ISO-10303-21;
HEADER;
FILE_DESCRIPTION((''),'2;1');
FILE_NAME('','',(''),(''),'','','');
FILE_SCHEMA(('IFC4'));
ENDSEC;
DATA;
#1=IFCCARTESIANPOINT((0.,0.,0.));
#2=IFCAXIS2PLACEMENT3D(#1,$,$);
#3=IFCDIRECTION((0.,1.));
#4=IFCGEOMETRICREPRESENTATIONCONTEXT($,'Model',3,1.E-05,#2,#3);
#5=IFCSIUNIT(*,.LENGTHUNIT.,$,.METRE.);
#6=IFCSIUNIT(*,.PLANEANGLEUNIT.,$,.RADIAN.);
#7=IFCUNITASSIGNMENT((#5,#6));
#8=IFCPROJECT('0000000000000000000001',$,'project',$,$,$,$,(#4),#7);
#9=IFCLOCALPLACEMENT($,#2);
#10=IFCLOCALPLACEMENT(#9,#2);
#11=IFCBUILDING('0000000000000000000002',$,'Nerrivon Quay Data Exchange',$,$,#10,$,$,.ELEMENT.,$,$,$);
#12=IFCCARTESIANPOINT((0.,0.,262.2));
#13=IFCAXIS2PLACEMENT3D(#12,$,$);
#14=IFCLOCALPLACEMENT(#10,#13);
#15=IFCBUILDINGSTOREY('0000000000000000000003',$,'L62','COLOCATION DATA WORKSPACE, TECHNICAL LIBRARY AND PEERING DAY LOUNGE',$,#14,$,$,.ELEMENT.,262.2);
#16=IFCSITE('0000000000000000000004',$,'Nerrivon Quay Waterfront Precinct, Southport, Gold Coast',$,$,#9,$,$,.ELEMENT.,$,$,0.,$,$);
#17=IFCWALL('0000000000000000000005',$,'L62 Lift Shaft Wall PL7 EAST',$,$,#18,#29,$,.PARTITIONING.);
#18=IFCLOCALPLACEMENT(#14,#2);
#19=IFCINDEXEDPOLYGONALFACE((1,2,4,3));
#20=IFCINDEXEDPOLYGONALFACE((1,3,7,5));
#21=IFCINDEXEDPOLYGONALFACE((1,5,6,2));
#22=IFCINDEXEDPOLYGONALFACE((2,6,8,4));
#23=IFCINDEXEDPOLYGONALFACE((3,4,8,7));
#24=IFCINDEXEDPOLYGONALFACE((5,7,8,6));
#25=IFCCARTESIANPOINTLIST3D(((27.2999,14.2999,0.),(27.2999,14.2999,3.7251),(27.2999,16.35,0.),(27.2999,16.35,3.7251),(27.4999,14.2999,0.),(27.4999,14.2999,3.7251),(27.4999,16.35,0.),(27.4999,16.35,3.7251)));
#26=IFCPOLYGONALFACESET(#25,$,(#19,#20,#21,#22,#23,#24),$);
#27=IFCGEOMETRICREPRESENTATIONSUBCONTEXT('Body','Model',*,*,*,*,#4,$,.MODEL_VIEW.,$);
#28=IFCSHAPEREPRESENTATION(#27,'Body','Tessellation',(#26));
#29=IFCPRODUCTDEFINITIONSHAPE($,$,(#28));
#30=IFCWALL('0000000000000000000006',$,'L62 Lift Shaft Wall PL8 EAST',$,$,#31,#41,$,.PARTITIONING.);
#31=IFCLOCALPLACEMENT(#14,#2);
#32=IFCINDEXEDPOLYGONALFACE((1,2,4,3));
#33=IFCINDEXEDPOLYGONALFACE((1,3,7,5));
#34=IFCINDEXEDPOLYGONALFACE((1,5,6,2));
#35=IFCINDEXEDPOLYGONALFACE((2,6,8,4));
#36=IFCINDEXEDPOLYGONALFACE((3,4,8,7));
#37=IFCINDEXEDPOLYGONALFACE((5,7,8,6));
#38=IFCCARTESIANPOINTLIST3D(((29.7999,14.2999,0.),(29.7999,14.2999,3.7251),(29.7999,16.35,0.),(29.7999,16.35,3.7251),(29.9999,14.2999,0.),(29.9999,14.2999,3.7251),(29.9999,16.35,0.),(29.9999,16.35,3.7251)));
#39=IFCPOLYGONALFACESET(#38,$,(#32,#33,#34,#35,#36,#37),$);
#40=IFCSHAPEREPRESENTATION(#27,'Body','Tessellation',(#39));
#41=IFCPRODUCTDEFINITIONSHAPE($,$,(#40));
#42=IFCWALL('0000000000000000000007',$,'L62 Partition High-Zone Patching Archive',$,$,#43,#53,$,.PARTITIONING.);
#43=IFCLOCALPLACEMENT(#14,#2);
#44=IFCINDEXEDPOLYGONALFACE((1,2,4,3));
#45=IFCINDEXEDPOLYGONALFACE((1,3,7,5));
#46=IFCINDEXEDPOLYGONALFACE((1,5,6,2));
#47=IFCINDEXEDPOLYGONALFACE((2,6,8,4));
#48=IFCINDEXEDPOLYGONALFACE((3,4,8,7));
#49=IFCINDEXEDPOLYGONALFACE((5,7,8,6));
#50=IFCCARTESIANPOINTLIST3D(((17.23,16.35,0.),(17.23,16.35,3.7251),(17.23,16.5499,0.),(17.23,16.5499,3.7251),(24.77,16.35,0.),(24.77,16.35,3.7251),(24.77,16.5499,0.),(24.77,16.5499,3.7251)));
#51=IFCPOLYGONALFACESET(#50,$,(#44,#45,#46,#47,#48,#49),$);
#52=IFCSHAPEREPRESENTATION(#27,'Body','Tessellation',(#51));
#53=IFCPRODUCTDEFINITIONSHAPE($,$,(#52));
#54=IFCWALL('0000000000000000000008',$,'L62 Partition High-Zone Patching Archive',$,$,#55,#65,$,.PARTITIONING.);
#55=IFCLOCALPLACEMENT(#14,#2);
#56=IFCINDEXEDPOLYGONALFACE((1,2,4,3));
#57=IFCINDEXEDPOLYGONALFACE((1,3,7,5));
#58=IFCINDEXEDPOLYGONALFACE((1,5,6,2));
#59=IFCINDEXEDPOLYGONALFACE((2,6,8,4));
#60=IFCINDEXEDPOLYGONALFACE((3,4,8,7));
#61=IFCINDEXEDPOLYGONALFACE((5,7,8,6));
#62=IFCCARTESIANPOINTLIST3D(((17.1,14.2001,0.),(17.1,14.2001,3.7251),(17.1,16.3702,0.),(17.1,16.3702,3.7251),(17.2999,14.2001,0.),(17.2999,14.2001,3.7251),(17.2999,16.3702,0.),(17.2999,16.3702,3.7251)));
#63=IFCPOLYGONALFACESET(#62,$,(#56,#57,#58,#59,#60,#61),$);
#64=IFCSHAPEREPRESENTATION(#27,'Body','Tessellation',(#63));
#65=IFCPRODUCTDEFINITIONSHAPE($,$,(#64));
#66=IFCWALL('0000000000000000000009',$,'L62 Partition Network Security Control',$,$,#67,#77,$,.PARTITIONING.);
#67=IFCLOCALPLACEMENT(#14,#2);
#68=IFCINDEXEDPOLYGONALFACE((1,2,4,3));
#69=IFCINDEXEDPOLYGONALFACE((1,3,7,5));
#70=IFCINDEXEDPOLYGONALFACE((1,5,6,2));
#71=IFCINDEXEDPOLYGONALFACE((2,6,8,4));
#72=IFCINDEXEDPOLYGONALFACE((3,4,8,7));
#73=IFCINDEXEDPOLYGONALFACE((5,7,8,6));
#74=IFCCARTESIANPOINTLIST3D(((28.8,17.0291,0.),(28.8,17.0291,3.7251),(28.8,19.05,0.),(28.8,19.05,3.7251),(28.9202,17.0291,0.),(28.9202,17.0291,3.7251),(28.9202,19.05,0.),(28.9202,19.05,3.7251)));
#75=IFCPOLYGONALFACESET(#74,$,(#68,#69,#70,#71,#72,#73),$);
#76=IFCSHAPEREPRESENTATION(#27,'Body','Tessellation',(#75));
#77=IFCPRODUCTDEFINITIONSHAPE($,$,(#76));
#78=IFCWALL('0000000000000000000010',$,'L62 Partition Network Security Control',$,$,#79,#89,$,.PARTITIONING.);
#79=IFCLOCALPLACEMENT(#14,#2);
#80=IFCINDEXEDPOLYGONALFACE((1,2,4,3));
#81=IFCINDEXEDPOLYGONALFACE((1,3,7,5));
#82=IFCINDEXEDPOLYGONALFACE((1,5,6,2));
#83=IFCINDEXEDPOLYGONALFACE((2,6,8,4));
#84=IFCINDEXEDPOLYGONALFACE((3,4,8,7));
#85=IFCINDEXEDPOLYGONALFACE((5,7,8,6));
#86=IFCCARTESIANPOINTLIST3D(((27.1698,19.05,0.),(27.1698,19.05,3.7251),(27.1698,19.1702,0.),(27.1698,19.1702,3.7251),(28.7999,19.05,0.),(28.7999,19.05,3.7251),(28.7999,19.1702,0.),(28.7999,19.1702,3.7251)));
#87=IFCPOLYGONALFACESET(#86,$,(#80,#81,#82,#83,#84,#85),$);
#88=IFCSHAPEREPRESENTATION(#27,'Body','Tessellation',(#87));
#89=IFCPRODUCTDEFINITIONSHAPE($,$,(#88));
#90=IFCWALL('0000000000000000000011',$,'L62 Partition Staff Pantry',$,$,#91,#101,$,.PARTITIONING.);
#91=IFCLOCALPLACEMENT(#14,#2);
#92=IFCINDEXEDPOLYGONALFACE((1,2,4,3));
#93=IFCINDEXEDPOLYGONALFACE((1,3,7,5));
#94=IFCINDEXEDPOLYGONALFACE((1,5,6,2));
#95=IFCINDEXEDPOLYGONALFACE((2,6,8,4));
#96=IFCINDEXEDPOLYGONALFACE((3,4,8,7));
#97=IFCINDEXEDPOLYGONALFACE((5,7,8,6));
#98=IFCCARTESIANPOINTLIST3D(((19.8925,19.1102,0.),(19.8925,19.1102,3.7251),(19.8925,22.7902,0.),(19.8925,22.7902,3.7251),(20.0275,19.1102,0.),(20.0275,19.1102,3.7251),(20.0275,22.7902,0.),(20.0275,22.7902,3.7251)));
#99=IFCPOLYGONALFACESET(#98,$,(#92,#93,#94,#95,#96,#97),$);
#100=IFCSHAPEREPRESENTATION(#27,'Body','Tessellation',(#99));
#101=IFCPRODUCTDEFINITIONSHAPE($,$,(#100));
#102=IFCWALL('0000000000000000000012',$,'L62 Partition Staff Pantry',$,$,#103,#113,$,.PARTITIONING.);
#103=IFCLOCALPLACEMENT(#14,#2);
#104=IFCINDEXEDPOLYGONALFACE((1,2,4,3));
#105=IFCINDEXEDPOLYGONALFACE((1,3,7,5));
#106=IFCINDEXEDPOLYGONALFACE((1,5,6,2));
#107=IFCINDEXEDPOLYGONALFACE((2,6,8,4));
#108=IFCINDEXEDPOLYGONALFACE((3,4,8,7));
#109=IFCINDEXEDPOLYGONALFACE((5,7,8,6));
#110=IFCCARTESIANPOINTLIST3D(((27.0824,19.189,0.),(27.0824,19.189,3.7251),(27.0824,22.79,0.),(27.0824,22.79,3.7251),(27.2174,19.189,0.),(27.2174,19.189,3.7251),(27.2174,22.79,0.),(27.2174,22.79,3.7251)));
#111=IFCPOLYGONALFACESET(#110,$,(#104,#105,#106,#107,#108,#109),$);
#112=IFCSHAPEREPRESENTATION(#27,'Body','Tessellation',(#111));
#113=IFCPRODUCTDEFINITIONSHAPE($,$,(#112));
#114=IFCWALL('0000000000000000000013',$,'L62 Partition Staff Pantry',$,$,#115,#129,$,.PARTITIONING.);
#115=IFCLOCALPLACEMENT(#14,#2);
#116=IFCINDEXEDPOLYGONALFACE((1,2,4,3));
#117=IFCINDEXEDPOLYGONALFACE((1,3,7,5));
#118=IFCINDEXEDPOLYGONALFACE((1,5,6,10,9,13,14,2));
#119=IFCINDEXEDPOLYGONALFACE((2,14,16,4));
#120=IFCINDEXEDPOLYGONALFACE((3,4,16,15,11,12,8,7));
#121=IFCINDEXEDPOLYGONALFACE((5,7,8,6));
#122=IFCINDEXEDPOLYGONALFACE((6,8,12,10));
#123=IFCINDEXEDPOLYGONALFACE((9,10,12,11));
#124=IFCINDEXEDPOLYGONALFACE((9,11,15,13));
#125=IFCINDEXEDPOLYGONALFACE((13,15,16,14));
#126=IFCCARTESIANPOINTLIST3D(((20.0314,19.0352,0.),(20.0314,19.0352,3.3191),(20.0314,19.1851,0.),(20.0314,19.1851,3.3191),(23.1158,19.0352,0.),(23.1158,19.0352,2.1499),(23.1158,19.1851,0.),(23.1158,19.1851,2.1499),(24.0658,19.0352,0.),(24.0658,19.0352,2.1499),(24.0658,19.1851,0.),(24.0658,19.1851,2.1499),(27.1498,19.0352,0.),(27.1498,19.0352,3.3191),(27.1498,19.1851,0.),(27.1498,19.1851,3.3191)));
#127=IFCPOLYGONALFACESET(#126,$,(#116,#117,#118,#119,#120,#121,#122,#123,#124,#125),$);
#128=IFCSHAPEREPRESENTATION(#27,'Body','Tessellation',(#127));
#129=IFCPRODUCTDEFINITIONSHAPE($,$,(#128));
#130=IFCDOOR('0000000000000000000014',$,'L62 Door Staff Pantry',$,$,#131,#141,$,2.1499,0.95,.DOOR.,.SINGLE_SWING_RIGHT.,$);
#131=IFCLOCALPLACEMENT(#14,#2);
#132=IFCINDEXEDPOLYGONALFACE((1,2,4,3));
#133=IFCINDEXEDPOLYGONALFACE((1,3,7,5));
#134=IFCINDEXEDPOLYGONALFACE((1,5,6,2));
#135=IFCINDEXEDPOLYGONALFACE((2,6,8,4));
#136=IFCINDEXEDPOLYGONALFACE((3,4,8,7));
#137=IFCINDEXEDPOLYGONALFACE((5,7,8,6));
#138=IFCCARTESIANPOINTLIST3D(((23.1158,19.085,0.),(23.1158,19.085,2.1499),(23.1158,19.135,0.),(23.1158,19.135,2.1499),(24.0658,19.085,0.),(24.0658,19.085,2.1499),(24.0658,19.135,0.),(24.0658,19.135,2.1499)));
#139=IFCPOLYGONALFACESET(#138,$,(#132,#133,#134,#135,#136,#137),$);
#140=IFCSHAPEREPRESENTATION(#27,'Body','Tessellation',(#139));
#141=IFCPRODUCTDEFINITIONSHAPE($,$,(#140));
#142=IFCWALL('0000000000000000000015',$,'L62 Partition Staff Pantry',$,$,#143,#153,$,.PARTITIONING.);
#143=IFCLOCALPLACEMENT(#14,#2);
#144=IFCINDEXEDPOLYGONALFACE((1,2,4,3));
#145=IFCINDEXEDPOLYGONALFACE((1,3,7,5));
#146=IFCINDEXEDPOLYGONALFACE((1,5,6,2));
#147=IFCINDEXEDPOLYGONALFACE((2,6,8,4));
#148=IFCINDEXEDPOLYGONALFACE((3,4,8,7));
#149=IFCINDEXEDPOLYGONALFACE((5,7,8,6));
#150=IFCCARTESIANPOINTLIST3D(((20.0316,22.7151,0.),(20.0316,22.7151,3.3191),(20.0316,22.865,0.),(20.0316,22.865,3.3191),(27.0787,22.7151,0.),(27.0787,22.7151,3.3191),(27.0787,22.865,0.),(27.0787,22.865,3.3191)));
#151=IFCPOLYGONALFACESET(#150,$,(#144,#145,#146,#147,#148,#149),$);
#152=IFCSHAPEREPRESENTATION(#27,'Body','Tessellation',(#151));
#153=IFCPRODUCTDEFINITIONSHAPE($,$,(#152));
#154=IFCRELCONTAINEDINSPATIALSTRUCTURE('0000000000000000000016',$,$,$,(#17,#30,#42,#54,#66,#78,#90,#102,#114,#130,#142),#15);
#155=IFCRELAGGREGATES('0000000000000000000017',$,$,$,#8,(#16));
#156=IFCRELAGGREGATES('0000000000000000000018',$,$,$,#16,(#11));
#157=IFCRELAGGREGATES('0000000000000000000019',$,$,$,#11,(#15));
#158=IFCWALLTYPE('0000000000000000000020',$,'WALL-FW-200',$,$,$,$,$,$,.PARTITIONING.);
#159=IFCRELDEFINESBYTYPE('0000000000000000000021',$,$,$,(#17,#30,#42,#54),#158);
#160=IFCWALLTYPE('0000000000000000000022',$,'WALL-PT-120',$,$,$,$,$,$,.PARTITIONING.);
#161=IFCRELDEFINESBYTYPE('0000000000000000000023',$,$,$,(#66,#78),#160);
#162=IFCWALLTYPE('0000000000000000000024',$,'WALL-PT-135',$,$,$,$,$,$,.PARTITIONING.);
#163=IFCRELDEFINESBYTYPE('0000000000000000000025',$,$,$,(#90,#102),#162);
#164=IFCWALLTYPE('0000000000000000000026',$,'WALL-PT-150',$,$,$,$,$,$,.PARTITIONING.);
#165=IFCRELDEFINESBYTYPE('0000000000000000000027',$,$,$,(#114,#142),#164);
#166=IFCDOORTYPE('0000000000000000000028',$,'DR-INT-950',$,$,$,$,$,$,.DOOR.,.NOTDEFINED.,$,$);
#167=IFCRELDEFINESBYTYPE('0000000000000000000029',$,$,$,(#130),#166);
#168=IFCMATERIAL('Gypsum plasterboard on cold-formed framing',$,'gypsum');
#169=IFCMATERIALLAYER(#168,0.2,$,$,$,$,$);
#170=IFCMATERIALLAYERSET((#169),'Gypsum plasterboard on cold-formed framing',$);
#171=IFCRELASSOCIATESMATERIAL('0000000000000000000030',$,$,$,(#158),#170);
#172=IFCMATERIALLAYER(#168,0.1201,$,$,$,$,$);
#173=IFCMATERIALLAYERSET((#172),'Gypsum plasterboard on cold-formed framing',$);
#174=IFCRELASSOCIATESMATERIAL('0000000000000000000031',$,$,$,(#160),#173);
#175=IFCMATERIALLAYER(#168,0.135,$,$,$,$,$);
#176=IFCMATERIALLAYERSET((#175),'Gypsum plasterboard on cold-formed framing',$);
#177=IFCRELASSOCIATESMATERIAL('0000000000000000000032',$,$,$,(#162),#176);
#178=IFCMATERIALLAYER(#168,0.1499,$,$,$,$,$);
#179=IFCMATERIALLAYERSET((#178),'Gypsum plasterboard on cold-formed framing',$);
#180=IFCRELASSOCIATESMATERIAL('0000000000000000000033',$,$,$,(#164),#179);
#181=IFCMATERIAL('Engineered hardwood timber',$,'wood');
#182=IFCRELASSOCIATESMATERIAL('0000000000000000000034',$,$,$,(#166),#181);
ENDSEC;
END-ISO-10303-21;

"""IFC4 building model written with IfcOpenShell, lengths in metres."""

from ifc_helpers import new_model, si_unit, direction, frame, frame_2d, origin, place, context, subcontext, project, spatial, rectangle, extrude, material, layer, layer_set, type_object, element, fill, save


model = new_model("IFC4")

# Units and contexts
model_context = context("Model", 3, precision=1e-05, world=origin(), true_north=direction((0.0, 1.0)))
body_context = subcontext(model_context, "Body", "Model", "MODEL_VIEW")
ifc_project = project(units=[si_unit("LENGTHUNIT", "METRE"), si_unit("PLANEANGLEUNIT", "RADIAN")], contexts=[model_context])

# Site, building, storey
site_placement = place(None, origin())
site = spatial("IfcSite", under=ifc_project, at=site_placement, Name="Nerrivon Quay Waterfront Precinct, Southport, Gold Coast", CompositionType="ELEMENT", RefElevation=0.0)
building_placement = place(site_placement, origin())
building = spatial("IfcBuilding", under=site, at=building_placement, Name="Nerrivon Quay Data Exchange", CompositionType="ELEMENT")
storey_placement = place(building_placement, frame((0.0, 0.0, 262.2)))
storey = spatial("IfcBuildingStorey", under=building, at=storey_placement, Name="L62", Description="COLOCATION DATA WORKSPACE, TECHNICAL LIBRARY AND PEERING DAY LOUNGE", CompositionType="ELEMENT", Elevation=262.2)

# Walls
ifc_material_1 = material(Name="Gypsum plasterboard on cold-formed framing", Category="gypsum")
ifc_layer_1 = layer(ifc_material_1, 0.2)
ifc_layer_set_1 = layer_set([ifc_layer_1], Name="Gypsum plasterboard on cold-formed framing")
wall_type_1 = type_object("IfcWallType", Name="WALL-FW-200", PredefinedType="PARTITIONING", material=ifc_layer_set_1)
for number, where, z_axis, x_axis, name in (
    (1, (27.3999, 14.3, 0.0), (0.0, 0.0, 1.0), (0.0, 1.0, 0.0), "L62 Lift Shaft Wall PL7 EAST"),
    (2, (29.8999, 14.3, 0.0), (0.0, 0.0, 1.0), (0.0, 1.0, 0.0), "L62 Lift Shaft Wall PL8 EAST"),
):
    element("IfcWall", number, at=place(storey_placement, frame(where, z_axis=z_axis, x_axis=x_axis)), inside=storey, type_object=wall_type_1, Name=name, PredefinedType="PARTITIONING", context=body_context, shape_type="SweptSolid", body=[
        extrude(rectangle(XDim=2.05, YDim=0.2, at=frame_2d((1.0249, 0.0))), origin(), (0.0, 0.0, 1.0), 3.7251),
    ])
wall_1_placement = place(storey_placement, frame((24.77, 16.45, 0.0), z_axis=(0.0, 0.0, 1.0), x_axis=(-1.0, 0.0, 0.0)))
element("IfcWall", 3, at=wall_1_placement, inside=storey, type_object=wall_type_1, Name="L62 Partition High-Zone Patching Archive", PredefinedType="PARTITIONING", context=body_context, shape_type="SweptSolid", body=[
    extrude(rectangle(XDim=7.54, YDim=0.2, at=frame_2d((3.77, 0.0))), origin(), (0.0, 0.0, 1.0), 3.7251),
])
wall_2_placement = place(storey_placement, frame((17.2, 16.3701, 0.0), z_axis=(0.0, 0.0, 1.0), x_axis=(0.0, -1.0, 0.0)))
element("IfcWall", 4, at=wall_2_placement, inside=storey, type_object=wall_type_1, Name="L62 Partition High-Zone Patching Archive", PredefinedType="PARTITIONING", context=body_context, shape_type="SweptSolid", body=[
    extrude(rectangle(XDim=2.1702, YDim=0.2, at=frame_2d((1.085, 0.0))), origin(), (0.0, 0.0, 1.0), 3.7251),
])
ifc_layer_2 = layer(ifc_material_1, 0.1201)
ifc_layer_set_2 = layer_set([ifc_layer_2], Name="Gypsum plasterboard on cold-formed framing")
wall_type_2 = type_object("IfcWallType", Name="WALL-PT-120", PredefinedType="PARTITIONING", material=ifc_layer_set_2)
wall_3_placement = place(storey_placement, frame((28.8601, 19.05, 0.0), z_axis=(0.0, 0.0, 1.0), x_axis=(0.0, -1.0, 0.0)))
element("IfcWall", 5, at=wall_3_placement, inside=storey, type_object=wall_type_2, Name="L62 Partition Network Security Control", PredefinedType="PARTITIONING", context=body_context, shape_type="SweptSolid", body=[
    extrude(rectangle(XDim=2.021, YDim=0.1201, at=frame_2d((1.0105, 0.0))), origin(), (0.0, 0.0, 1.0), 3.7251),
])
wall_4_placement = place(storey_placement, frame((27.1699, 19.1101, 0.0), z_axis=(0.0, 0.0, 1.0), x_axis=(1.0, 0.0, 0.0)))
element("IfcWall", 6, at=wall_4_placement, inside=storey, type_object=wall_type_2, Name="L62 Partition Network Security Control", PredefinedType="PARTITIONING", context=body_context, shape_type="SweptSolid", body=[
    extrude(rectangle(XDim=1.6301, YDim=0.1201, at=frame_2d((0.8149, 0.0))), origin(), (0.0, 0.0, 1.0), 3.7251),
])
ifc_layer_3 = layer(ifc_material_1, 0.135)
ifc_layer_set_3 = layer_set([ifc_layer_3], Name="Gypsum plasterboard on cold-formed framing")
wall_type_3 = type_object("IfcWallType", Name="WALL-PT-135", PredefinedType="PARTITIONING", material=ifc_layer_set_3)
wall_5_placement = place(storey_placement, frame((19.96, 22.79, 0.0), z_axis=(0.0, 0.0, 1.0), x_axis=(0.0, -1.0, 0.0)))
element("IfcWall", 7, at=wall_5_placement, inside=storey, type_object=wall_type_3, Name="L62 Partition Staff Pantry", PredefinedType="PARTITIONING", context=body_context, shape_type="SweptSolid", body=[
    extrude(rectangle(XDim=3.6799, YDim=0.135, at=frame_2d((1.8398, 0.0))), origin(), (0.0, 0.0, 1.0), 3.7251),
])
wall_6_placement = place(storey_placement, frame((27.1499, 19.189, 0.0), z_axis=(0.0, 0.0, 1.0), x_axis=(0.0, 1.0, 0.0)))
element("IfcWall", 8, at=wall_6_placement, inside=storey, type_object=wall_type_3, Name="L62 Partition Staff Pantry", PredefinedType="PARTITIONING", context=body_context, shape_type="SweptSolid", body=[
    extrude(rectangle(XDim=3.6011, YDim=0.135, at=frame_2d((1.8005, 0.0))), origin(), (0.0, 0.0, 1.0), 3.7251),
])

# Wall, opening, door
ifc_layer_4 = layer(ifc_material_1, 0.1499)
ifc_layer_set_4 = layer_set([ifc_layer_4], Name="Gypsum plasterboard on cold-formed framing")
wall_type_4 = type_object("IfcWallType", Name="WALL-PT-150", PredefinedType="PARTITIONING", material=ifc_layer_set_4)
wall_7_placement = place(storey_placement, frame((20.0315, 19.1101, 0.0), z_axis=(0.0, 0.0, 1.0), x_axis=(1.0, 0.0, 0.0)))
wall_7 = element("IfcWall", 9, at=wall_7_placement, inside=storey, type_object=wall_type_4, Name="L62 Partition Staff Pantry", PredefinedType="PARTITIONING", context=body_context, shape_type="SweptSolid", body=[
    extrude(rectangle(XDim=7.1184, YDim=0.1499, at=frame_2d((3.5591, 0.0))), origin(), (0.0, 0.0, 1.0), 3.3191),
])
opening_placement = place(wall_7_placement, frame((3.0842, 0.0, 0.0)))
opening = element("IfcOpeningElement", 10, at=opening_placement, cuts=wall_7, PredefinedType="OPENING", context=body_context, shape_type="SweptSolid", body=[
    extrude(rectangle(XDim=0.95, YDim=2.1499, at=frame_2d((0.4751, 1.075))), frame((0.0, 0.085, 0.0), z_axis=(0.0, -1.0, 0.0), x_axis=(1.0, 0.0, 0.0)), (0.0, 0.0, 1.0), 0.1699),
])
ifc_material_2 = material(Name="Engineered hardwood timber", Category="wood")
door_type = type_object("IfcDoorType", Name="DR-INT-950", OperationType="NOTDEFINED", PredefinedType="DOOR", material=ifc_material_2)
door_placement = place(opening_placement, origin())
door = element("IfcDoor", 11, at=door_placement, inside=storey, type_object=door_type, Name="L62 Door Staff Pantry", OperationType="SINGLE_SWING_RIGHT", OverallHeight=2.1499, OverallWidth=0.95, PredefinedType="DOOR", context=body_context, shape_type="SweptSolid", body=[
    extrude(rectangle(XDim=0.95, YDim=2.1499, at=frame_2d((0.4751, 1.075))), frame((0.0, 0.0249, 0.0), z_axis=(0.0, -1.0, 0.0), x_axis=(1.0, 0.0, 0.0)), (0.0, 0.0, 1.0), 0.05),
])
fill(opening, door)

# Wall
wall_8_placement = place(storey_placement, frame((27.0786, 22.79, 0.0), z_axis=(0.0, 0.0, 1.0), x_axis=(-1.0, 0.0, 0.0)))
element("IfcWall", 12, at=wall_8_placement, inside=storey, type_object=wall_type_4, Name="L62 Partition Staff Pantry", PredefinedType="PARTITIONING", context=body_context, shape_type="SweptSolid", body=[
    extrude(rectangle(XDim=7.0471, YDim=0.1499, at=frame_2d((3.5234, 0.0))), origin(), (0.0, 0.0, 1.0), 3.3191),
])

save(model, "model.ifc")
